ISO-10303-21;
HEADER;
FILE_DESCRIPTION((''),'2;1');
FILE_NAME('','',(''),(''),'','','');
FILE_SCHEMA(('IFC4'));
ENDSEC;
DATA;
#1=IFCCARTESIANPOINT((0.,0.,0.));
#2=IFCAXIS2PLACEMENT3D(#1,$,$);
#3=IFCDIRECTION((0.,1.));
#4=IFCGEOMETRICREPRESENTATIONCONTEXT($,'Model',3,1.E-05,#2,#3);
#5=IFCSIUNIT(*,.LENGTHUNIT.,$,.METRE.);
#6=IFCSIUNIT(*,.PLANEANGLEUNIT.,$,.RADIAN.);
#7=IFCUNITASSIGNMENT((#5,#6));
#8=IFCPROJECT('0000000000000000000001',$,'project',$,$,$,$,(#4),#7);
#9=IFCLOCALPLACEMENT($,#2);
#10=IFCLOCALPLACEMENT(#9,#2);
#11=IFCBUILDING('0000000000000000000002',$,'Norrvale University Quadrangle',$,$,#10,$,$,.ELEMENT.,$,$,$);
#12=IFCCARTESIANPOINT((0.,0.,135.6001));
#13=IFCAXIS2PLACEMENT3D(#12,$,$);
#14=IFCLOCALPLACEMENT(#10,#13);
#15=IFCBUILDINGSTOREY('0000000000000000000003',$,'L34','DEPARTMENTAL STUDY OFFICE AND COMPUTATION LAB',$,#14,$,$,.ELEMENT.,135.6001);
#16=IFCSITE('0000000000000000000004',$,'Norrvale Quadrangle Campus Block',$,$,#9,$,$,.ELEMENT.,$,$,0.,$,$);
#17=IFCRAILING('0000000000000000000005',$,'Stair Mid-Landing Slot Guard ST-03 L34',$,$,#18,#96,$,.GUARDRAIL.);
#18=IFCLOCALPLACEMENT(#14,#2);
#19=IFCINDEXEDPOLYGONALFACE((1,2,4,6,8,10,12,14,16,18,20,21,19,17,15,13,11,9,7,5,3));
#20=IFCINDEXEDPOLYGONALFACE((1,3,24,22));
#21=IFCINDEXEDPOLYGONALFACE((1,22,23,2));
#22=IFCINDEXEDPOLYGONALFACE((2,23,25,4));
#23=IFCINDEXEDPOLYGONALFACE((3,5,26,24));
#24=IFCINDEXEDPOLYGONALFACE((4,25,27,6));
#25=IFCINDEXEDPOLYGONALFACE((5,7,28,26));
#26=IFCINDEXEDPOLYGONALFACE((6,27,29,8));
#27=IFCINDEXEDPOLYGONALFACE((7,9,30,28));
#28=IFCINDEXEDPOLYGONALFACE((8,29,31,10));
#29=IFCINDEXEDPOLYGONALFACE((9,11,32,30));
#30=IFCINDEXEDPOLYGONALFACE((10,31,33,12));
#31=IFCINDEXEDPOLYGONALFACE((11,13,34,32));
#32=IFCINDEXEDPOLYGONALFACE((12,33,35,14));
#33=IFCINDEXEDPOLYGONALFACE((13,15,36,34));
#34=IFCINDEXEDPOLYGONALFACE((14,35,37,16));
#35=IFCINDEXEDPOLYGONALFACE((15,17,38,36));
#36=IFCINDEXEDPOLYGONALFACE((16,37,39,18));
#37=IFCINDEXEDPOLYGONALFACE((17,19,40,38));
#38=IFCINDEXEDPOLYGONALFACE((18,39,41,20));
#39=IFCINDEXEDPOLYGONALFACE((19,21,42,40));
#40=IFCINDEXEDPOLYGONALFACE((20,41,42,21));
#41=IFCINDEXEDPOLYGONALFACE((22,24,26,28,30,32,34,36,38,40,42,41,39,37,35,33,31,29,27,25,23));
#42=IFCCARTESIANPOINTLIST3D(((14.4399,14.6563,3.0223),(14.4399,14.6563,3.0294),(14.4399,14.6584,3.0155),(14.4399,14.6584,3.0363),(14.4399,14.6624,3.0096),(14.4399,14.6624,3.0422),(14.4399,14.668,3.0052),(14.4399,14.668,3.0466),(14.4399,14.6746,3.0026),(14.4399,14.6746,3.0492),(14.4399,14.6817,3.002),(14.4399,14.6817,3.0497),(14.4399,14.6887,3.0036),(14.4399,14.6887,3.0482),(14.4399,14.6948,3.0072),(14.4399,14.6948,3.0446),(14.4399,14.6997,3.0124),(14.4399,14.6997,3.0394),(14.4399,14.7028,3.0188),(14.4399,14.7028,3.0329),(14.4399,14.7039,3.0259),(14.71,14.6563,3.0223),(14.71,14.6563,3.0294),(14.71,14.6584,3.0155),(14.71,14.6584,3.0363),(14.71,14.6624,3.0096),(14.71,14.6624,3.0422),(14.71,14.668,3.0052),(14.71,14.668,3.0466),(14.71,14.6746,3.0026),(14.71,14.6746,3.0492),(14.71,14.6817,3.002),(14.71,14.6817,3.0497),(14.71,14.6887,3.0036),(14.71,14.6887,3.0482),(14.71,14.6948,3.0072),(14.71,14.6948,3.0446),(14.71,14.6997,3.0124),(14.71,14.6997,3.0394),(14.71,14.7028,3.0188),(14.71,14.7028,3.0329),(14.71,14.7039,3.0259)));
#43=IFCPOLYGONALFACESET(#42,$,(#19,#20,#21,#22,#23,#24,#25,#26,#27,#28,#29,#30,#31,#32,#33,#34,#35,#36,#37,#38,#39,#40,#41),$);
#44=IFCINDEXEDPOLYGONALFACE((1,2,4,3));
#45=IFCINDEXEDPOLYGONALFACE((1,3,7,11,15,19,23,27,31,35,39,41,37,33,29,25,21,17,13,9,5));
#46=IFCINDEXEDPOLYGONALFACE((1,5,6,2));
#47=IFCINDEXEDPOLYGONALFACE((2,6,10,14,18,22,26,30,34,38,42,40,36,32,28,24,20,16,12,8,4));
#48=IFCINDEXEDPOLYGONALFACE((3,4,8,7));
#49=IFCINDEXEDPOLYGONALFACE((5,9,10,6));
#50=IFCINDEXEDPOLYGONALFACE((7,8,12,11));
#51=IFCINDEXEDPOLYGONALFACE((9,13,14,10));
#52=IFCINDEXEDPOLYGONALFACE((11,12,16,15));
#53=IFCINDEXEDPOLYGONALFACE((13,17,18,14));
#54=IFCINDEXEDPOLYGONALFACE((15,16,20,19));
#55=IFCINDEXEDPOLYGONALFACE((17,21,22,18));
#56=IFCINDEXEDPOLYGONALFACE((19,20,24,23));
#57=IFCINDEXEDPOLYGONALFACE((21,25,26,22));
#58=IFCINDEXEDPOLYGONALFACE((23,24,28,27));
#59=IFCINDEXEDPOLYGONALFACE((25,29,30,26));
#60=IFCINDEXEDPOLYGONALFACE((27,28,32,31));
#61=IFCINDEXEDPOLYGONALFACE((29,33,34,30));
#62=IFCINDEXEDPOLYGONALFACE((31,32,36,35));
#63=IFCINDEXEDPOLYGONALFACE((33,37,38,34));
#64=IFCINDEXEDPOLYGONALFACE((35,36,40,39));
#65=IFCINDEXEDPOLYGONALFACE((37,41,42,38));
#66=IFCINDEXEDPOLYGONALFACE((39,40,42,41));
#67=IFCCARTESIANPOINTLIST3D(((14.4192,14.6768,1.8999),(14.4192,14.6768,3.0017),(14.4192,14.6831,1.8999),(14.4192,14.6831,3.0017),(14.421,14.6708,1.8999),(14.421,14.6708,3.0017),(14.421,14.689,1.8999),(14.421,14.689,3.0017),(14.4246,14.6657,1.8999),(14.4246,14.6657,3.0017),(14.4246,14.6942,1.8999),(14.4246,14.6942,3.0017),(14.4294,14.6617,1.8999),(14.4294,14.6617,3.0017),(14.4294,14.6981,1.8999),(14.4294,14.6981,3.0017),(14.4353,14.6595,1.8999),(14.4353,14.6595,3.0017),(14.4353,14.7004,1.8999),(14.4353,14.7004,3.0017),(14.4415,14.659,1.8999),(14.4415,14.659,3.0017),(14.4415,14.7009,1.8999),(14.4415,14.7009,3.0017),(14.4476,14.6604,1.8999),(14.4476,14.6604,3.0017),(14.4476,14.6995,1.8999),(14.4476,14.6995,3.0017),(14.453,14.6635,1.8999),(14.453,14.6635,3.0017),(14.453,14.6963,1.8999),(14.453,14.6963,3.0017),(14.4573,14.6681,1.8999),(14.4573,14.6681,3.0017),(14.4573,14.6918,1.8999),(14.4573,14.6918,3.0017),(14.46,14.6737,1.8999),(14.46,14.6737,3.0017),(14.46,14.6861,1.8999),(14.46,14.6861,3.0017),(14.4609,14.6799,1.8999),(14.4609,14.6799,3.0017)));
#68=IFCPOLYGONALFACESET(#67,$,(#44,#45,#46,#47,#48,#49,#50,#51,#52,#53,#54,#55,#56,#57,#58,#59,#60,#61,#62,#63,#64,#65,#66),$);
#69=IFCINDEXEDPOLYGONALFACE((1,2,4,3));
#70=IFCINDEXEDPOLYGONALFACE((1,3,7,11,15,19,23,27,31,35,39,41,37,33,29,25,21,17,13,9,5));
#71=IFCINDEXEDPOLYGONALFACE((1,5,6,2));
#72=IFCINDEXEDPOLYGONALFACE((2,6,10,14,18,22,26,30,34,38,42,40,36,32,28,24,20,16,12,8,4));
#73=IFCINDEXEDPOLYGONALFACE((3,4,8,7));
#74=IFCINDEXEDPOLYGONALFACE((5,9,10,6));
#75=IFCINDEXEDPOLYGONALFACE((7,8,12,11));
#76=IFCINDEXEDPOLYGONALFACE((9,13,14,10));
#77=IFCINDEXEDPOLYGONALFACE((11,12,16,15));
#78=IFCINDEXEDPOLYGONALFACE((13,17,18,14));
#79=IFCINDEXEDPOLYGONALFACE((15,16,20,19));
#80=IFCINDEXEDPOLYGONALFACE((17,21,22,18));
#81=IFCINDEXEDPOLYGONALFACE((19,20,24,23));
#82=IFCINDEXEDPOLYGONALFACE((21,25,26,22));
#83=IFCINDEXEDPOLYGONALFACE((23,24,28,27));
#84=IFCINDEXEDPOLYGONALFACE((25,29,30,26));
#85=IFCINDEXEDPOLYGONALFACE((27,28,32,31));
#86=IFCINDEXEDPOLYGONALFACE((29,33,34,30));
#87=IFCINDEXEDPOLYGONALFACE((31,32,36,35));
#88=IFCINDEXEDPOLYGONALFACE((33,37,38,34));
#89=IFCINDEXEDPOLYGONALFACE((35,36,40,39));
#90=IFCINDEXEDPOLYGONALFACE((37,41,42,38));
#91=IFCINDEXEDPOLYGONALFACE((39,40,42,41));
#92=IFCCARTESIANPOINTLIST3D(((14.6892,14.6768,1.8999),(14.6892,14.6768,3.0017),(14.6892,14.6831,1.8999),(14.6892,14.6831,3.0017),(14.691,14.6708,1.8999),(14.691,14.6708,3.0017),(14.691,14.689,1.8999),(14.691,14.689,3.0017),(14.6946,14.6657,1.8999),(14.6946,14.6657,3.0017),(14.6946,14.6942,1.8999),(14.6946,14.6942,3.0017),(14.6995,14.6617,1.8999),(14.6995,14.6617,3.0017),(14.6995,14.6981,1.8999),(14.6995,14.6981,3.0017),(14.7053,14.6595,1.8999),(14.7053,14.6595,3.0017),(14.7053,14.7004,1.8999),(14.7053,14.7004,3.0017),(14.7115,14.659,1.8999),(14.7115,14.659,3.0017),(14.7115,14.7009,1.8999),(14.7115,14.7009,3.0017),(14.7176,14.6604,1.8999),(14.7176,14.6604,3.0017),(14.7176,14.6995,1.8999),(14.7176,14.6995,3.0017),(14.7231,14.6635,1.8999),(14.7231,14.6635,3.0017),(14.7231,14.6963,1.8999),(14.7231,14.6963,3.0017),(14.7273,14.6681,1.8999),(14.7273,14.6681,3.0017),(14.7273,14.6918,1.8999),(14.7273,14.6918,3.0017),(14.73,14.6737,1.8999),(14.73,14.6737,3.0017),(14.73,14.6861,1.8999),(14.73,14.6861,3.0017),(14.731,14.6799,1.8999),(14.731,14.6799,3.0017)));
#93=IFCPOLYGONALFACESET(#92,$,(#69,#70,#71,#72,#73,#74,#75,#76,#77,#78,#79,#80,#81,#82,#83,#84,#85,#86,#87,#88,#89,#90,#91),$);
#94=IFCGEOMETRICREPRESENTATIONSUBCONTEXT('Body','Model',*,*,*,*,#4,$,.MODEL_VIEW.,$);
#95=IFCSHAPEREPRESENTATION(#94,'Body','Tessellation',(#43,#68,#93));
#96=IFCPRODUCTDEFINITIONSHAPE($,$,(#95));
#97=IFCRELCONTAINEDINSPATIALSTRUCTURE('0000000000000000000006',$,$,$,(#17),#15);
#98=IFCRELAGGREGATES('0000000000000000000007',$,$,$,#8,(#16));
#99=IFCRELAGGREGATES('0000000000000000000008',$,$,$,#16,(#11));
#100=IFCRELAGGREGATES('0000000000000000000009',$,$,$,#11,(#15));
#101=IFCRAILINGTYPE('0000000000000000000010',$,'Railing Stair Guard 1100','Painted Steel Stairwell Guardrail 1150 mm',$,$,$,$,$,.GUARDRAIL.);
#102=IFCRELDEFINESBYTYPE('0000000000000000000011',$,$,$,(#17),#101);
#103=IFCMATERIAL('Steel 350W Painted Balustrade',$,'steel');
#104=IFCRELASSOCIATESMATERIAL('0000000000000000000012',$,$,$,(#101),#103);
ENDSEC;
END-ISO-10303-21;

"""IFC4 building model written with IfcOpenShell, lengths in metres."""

from ifc_helpers import new_model, si_unit, direction, frame, origin, origin_2d, place, context, subcontext, project, spatial, circle, extrude, material, type_object, element, save


model = new_model("IFC4")

# Units and contexts
model_context = context("Model", 3, precision=1e-05, world=origin(), true_north=direction((0.0, 1.0)))
body_context = subcontext(model_context, "Body", "Model", "MODEL_VIEW")
ifc_project = project(units=[si_unit("LENGTHUNIT", "METRE"), si_unit("PLANEANGLEUNIT", "RADIAN")], contexts=[model_context])

# Site, building, storey
site_placement = place(None, origin())
site = spatial("IfcSite", under=ifc_project, at=site_placement, Name="Norrvale Quadrangle Campus Block", CompositionType="ELEMENT", RefElevation=0.0)
building_placement = place(site_placement, origin())
building = spatial("IfcBuilding", under=site, at=building_placement, Name="Norrvale University Quadrangle", CompositionType="ELEMENT")
storey_placement = place(building_placement, frame((0.0, 0.0, 135.6001)))
storey = spatial("IfcBuildingStorey", under=building, at=storey_placement, Name="L34", Description="DEPARTMENTAL STUDY OFFICE AND COMPUTATION LAB", CompositionType="ELEMENT", Elevation=135.6001)

# Railing
ifc_material_1 = material(Name="Steel 350W Painted Balustrade", Category="steel")
railing_type_1 = type_object("IfcRailingType", Name="Railing Stair Guard 1100", Description="Painted Steel Stairwell Guardrail 1150 mm", PredefinedType="GUARDRAIL", material=ifc_material_1)
for number, where, name in (
    (1, (14.4399, 14.6799, 1.8999), "Stair Mid-Landing Slot Guard ST-03 L34"),
):
    element("IfcRailing", number, at=place(storey_placement, frame(where)), inside=storey, type_object=railing_type_1, Name=name, PredefinedType="GUARDRAIL", context=body_context, shape_type="SweptSolid", body=[
        extrude(circle(Radius=0.0239, at=origin_2d()), frame((0.0, 0.0, 1.126), z_axis=(1.0, 0.0, 0.0), x_axis=(0.0, 1.0, 0.0)), (0.0, 0.0, 1.0), 0.27),
        extrude(circle(Radius=0.021, at=origin_2d()), origin(), (0.0, 0.0, 1.0), 1.1018),
        extrude(circle(Radius=0.021, at=origin_2d()), frame((0.27, 0.0, 0.0)), (0.0, 0.0, 1.0), 1.1018),
    ])

save(model, "model.ifc")
